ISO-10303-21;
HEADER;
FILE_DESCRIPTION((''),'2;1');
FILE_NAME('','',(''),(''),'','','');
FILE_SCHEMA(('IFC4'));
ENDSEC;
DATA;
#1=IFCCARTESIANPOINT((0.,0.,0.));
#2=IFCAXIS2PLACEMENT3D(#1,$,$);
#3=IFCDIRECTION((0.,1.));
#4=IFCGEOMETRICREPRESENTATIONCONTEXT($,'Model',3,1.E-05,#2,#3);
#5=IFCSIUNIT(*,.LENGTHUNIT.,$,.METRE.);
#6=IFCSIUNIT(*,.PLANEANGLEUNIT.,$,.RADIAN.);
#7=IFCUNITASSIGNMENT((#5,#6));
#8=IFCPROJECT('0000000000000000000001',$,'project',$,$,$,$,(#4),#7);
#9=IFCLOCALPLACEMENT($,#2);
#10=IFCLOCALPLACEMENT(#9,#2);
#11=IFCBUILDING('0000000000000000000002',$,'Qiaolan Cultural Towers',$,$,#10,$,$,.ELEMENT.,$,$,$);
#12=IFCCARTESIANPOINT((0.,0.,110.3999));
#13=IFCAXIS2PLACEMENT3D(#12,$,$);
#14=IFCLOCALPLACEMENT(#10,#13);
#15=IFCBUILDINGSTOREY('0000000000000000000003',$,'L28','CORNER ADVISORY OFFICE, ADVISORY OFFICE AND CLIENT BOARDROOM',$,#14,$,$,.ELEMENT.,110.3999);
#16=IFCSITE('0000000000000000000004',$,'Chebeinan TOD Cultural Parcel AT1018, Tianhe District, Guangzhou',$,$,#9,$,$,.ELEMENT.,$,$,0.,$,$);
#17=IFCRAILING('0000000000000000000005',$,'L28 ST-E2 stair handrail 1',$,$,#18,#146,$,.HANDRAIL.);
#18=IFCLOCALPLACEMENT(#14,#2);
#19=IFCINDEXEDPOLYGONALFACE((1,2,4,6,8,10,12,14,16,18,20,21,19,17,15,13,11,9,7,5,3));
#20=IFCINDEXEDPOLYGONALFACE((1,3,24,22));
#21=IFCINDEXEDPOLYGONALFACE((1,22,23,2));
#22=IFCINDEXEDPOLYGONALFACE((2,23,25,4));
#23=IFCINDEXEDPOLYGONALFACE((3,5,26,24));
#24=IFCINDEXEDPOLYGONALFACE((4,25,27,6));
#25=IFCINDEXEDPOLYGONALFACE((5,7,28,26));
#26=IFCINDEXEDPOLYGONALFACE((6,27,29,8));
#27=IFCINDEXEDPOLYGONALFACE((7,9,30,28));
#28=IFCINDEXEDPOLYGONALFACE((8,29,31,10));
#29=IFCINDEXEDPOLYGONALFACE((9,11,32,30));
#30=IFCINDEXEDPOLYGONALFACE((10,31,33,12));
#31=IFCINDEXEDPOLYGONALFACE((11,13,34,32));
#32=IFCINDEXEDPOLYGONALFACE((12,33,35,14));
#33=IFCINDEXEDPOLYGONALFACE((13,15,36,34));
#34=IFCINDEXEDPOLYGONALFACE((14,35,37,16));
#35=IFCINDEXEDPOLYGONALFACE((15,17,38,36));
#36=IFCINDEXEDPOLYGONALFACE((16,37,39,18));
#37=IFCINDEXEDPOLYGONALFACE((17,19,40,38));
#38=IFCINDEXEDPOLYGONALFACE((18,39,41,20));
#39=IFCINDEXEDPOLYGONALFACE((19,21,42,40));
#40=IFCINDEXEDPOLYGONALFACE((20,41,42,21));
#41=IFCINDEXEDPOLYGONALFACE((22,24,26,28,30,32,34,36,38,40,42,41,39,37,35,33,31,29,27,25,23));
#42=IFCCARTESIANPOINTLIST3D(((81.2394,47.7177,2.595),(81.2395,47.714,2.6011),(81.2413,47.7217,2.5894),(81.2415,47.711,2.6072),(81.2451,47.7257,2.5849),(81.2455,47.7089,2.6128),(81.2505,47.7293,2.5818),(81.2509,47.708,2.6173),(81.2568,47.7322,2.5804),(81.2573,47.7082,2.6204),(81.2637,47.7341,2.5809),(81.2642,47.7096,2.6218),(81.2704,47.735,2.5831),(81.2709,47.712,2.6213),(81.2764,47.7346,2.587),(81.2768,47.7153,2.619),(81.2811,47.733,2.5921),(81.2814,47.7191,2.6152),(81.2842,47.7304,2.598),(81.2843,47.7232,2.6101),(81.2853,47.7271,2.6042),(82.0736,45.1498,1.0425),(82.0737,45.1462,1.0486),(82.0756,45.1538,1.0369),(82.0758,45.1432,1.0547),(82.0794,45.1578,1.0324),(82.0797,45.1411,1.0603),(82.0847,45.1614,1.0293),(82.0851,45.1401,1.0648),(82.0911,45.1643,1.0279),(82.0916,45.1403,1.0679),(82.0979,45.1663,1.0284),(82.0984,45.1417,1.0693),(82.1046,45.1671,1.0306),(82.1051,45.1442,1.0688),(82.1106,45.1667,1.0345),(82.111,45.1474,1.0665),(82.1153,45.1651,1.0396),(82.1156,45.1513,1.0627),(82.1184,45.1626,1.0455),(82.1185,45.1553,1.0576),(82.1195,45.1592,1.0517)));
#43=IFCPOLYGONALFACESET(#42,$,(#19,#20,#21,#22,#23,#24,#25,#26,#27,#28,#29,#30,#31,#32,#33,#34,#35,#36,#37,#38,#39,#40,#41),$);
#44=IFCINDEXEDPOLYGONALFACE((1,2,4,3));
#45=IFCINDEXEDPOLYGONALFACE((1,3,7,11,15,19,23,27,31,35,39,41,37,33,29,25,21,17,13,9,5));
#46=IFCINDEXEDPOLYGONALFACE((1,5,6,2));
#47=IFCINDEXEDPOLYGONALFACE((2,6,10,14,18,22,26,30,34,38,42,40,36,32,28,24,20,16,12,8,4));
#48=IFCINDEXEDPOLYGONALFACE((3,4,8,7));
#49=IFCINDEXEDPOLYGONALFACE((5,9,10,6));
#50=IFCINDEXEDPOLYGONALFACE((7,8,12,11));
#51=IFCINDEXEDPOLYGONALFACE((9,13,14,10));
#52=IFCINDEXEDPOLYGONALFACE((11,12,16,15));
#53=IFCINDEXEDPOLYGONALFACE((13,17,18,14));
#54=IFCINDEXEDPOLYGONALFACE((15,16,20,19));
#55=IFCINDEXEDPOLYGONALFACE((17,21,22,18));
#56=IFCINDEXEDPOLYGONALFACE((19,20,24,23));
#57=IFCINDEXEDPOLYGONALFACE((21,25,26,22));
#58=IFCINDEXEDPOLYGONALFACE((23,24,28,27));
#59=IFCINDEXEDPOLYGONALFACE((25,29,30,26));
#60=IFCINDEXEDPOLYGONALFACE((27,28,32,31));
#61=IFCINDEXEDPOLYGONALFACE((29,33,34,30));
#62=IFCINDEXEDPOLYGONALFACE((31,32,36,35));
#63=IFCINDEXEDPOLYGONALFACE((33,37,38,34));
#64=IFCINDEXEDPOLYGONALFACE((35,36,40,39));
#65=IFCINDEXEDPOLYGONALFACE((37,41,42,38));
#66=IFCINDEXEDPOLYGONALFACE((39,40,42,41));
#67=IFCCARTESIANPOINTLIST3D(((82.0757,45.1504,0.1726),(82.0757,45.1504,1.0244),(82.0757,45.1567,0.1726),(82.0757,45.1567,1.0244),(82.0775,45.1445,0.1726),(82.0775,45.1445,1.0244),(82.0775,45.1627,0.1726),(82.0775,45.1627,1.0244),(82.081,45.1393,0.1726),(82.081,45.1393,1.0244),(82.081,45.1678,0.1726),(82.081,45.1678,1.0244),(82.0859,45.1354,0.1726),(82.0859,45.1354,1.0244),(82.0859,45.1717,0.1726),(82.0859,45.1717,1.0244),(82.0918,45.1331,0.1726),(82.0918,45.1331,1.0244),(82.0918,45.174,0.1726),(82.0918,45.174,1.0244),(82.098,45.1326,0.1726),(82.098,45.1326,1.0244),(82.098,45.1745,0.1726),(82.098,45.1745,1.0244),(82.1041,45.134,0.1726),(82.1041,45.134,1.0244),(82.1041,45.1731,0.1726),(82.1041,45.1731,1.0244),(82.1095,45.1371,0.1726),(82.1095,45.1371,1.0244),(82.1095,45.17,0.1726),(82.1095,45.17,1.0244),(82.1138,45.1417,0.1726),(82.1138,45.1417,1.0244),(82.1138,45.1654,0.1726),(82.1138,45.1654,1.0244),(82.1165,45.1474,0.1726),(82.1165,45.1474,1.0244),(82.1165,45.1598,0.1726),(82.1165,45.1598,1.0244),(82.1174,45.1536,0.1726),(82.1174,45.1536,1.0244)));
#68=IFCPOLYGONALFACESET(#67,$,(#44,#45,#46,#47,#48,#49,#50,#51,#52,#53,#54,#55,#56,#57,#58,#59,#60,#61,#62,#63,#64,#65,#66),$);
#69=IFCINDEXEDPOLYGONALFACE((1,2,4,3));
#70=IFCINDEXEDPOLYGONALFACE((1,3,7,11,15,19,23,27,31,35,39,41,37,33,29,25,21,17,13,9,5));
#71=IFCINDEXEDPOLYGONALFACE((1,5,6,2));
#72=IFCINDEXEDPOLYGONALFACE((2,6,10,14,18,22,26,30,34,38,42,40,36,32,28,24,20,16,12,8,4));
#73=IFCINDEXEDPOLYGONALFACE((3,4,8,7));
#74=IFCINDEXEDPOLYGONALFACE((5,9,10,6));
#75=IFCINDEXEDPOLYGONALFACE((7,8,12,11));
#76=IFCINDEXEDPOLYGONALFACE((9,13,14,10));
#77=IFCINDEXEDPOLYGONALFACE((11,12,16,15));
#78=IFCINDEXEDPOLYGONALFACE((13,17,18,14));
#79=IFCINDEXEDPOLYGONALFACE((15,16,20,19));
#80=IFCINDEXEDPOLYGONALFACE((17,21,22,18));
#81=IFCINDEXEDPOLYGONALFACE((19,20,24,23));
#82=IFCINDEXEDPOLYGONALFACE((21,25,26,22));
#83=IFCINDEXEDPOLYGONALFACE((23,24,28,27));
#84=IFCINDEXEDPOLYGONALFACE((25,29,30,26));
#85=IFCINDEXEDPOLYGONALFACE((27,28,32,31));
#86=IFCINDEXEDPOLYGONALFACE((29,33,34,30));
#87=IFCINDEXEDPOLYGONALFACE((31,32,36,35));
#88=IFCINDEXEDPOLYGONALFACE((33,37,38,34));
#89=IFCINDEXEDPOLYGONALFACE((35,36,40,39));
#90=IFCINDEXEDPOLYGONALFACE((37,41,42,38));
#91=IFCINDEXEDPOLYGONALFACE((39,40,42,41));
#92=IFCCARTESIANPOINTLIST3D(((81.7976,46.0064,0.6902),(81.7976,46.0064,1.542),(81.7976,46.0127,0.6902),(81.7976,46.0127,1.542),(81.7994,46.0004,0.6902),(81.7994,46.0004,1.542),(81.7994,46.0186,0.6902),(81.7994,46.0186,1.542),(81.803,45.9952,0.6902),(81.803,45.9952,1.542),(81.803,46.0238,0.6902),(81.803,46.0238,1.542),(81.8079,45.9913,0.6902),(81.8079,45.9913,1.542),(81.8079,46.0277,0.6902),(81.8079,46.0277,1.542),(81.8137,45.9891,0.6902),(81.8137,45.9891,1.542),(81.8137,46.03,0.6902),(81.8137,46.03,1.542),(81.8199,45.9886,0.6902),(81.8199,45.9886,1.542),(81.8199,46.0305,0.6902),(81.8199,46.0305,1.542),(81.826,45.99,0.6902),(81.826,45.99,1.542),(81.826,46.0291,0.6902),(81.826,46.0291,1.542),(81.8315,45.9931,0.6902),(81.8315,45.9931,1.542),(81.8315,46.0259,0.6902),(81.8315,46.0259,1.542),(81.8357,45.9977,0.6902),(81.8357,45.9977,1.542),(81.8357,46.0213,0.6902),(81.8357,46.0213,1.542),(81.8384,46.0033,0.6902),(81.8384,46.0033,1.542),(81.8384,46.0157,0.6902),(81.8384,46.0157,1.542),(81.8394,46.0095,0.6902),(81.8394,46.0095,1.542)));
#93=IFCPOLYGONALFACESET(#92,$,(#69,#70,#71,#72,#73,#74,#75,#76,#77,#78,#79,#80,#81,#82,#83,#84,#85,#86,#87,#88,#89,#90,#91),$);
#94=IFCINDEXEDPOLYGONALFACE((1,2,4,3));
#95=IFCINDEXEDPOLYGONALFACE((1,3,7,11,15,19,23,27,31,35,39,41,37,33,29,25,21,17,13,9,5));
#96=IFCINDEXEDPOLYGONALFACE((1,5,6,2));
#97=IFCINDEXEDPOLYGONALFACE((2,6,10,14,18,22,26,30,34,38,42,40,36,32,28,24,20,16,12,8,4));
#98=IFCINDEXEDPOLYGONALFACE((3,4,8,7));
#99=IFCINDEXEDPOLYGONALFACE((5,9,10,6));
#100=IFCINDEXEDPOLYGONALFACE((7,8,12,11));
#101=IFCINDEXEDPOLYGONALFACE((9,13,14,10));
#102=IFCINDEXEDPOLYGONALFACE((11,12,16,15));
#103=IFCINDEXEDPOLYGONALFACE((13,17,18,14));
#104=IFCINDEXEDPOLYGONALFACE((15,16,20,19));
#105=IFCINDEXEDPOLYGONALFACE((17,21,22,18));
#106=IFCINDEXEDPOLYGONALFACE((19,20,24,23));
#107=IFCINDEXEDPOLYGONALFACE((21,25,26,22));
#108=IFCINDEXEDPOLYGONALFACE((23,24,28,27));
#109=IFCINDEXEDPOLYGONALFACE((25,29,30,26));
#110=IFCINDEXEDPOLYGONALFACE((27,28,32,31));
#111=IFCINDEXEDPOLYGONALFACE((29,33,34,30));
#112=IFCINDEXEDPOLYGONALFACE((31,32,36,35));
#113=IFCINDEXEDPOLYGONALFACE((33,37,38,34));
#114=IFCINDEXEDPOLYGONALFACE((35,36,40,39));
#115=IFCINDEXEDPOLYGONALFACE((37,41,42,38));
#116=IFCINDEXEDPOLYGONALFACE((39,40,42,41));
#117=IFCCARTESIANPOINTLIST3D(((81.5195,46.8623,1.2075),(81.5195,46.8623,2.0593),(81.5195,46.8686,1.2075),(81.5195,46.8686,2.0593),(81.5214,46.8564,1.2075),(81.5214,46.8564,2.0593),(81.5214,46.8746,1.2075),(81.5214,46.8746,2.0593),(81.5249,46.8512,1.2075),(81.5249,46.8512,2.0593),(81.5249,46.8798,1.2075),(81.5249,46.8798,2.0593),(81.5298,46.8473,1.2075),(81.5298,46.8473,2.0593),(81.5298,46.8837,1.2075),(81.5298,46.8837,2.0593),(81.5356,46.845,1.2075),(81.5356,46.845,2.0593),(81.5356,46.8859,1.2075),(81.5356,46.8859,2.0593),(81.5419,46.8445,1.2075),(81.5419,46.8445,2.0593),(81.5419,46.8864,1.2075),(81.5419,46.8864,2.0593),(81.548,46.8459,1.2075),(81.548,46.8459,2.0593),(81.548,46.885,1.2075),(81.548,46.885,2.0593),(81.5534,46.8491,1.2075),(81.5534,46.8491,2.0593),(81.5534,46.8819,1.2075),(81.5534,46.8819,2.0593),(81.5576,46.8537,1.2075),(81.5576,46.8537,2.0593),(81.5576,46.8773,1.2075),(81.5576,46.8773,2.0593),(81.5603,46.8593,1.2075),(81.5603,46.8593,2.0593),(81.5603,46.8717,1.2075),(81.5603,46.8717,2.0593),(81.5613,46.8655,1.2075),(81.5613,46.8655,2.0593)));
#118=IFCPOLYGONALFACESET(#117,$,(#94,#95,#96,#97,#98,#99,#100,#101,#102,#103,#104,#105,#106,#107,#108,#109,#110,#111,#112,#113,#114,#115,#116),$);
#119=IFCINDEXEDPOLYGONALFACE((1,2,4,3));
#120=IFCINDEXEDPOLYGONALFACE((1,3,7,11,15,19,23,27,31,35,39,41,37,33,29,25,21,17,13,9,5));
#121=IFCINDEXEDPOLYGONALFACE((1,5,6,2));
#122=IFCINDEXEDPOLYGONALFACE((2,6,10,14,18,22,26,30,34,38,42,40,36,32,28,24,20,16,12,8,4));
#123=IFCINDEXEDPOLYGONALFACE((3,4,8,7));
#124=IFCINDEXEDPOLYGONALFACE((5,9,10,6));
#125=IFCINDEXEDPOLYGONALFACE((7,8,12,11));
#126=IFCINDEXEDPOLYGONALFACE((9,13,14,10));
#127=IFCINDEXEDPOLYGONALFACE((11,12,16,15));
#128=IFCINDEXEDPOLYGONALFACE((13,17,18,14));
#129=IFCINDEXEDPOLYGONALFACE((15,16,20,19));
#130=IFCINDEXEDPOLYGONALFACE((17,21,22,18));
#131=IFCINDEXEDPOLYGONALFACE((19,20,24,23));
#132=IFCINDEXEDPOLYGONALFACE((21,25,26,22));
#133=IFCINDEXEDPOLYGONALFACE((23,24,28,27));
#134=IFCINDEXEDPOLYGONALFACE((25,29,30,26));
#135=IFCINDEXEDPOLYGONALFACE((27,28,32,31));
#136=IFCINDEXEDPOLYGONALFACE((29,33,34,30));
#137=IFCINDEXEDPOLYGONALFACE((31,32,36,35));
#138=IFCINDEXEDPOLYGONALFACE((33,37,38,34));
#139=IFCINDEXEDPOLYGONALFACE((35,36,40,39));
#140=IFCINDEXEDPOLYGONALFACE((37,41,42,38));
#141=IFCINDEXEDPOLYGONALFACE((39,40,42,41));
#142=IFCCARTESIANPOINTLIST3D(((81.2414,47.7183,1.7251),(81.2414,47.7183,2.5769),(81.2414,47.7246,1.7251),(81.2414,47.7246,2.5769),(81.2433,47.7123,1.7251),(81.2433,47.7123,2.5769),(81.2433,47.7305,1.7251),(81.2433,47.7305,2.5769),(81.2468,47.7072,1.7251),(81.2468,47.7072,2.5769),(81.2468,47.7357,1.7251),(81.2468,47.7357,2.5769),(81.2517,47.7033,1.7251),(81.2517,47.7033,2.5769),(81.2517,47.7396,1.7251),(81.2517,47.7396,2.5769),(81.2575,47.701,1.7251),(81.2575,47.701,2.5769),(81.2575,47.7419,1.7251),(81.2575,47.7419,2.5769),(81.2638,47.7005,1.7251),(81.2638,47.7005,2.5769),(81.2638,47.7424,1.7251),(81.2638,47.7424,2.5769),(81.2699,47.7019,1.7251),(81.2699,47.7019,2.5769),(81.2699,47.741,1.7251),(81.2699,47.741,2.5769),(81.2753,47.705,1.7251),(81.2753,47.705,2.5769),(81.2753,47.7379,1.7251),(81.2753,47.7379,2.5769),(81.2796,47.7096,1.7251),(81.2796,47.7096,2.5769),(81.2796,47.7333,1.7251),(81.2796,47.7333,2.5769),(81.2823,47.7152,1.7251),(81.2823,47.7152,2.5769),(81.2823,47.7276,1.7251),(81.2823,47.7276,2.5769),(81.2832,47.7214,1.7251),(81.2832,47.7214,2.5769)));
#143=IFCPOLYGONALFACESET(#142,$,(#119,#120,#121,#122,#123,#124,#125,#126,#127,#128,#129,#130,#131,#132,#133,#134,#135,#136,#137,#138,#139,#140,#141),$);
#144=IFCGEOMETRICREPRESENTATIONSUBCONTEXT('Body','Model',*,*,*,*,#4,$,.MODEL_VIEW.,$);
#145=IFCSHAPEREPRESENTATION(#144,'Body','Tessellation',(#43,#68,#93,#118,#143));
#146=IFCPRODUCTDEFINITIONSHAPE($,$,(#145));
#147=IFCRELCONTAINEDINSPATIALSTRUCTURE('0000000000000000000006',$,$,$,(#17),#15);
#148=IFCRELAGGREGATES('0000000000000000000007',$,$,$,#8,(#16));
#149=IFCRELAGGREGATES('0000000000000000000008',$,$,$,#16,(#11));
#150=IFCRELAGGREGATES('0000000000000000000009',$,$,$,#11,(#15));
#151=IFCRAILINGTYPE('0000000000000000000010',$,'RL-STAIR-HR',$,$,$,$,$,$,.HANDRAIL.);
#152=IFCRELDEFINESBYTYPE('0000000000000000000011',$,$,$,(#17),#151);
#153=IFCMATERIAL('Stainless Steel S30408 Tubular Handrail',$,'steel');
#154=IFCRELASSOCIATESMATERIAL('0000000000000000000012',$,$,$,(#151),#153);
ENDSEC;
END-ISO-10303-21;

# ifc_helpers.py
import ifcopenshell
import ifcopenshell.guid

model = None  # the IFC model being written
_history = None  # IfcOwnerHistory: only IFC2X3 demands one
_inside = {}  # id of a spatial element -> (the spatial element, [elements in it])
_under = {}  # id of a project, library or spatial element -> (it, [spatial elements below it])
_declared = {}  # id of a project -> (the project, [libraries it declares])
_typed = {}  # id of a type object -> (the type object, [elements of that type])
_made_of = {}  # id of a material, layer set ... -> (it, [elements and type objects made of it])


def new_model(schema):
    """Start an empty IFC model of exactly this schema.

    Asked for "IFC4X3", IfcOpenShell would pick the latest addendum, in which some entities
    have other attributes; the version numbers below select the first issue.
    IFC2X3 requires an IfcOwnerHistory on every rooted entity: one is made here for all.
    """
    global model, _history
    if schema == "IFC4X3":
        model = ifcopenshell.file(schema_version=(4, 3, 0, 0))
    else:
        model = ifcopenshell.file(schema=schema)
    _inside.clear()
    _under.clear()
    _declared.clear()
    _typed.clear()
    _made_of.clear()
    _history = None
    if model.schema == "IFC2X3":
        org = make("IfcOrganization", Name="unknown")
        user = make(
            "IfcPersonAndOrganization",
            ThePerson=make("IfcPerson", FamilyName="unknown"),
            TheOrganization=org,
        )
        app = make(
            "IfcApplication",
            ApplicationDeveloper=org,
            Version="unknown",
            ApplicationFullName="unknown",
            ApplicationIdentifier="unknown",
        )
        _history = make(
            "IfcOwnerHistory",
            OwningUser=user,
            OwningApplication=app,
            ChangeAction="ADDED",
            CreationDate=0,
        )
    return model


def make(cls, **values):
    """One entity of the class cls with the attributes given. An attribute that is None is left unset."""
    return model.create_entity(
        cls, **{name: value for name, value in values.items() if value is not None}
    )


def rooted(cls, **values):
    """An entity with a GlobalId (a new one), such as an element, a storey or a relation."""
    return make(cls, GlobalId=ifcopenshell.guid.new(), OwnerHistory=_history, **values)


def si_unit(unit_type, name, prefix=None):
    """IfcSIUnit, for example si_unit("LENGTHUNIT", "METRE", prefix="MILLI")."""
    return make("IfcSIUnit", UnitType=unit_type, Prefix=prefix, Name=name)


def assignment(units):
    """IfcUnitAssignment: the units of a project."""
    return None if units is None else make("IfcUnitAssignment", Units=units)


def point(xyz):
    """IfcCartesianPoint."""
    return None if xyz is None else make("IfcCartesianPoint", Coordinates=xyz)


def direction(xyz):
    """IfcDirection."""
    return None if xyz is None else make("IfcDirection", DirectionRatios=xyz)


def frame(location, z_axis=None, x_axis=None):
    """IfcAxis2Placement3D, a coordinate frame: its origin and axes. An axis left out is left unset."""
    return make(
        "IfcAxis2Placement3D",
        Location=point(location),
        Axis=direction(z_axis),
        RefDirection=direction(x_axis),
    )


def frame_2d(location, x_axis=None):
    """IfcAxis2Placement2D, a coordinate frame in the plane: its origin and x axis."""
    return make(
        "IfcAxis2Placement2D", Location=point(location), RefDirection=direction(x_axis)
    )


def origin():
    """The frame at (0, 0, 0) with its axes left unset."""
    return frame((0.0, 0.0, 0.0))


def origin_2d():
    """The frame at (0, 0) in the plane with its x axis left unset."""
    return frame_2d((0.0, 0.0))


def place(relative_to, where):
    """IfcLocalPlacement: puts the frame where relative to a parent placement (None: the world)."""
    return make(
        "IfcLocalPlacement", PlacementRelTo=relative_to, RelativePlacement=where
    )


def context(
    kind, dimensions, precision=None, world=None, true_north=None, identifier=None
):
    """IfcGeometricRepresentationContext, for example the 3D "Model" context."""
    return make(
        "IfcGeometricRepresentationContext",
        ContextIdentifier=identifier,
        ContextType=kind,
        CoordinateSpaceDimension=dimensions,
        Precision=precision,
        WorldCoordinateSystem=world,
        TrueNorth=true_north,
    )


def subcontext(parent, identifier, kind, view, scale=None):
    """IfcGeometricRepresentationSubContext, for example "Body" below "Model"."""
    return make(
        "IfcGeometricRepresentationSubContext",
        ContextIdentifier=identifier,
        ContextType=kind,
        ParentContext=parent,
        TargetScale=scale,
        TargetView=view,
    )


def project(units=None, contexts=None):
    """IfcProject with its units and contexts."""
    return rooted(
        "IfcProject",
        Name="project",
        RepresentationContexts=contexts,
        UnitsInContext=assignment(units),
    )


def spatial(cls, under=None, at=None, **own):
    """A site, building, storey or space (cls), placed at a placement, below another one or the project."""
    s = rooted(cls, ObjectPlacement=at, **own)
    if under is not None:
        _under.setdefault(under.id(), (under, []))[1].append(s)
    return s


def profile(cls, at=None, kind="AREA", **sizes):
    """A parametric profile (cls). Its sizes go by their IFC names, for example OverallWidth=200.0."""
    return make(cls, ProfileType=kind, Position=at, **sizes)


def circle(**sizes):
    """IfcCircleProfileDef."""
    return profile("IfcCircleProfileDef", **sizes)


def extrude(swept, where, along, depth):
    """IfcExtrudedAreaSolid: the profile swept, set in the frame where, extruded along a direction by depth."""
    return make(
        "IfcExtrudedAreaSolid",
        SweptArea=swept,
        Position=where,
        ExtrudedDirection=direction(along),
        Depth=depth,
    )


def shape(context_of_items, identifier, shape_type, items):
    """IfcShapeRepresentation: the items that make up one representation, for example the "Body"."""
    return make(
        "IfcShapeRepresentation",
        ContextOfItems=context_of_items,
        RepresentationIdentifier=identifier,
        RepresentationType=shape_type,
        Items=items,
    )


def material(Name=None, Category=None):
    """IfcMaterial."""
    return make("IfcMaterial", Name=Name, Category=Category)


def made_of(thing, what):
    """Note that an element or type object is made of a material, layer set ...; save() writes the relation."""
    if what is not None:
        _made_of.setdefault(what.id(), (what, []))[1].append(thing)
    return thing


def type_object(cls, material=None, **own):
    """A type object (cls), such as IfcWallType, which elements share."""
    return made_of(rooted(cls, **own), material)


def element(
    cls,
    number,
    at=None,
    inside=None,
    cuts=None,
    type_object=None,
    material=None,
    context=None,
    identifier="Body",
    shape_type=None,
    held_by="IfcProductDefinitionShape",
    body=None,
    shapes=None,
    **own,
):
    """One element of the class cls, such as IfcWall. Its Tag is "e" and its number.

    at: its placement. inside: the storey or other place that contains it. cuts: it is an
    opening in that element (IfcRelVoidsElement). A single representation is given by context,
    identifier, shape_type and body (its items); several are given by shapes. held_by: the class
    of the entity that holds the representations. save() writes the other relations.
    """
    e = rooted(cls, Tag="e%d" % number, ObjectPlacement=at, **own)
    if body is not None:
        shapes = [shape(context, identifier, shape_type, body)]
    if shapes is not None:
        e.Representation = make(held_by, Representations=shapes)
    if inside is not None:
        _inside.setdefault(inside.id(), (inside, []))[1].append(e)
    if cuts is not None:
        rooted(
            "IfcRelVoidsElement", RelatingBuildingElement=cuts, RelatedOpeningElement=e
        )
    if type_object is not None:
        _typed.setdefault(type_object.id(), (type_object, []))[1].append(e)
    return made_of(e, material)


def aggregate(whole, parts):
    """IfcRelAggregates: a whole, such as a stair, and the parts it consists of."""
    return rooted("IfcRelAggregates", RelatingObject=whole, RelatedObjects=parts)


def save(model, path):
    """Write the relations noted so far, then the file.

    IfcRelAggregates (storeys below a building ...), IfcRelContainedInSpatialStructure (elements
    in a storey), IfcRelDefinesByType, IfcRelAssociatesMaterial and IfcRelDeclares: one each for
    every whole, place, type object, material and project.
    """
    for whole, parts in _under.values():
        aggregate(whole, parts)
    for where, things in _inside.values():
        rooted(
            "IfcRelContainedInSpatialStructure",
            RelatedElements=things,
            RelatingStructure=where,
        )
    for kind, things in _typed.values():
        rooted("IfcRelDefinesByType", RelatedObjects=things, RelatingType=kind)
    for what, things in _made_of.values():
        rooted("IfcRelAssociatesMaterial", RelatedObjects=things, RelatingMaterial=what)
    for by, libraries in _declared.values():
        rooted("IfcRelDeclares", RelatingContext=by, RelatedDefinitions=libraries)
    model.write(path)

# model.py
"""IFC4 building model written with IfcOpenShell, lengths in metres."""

from ifc_helpers import new_model, si_unit, direction, frame, origin, origin_2d, place, context, subcontext, project, spatial, circle, extrude, material, type_object, element, save


model = new_model("IFC4")

# Units and contexts
model_context = context("Model", 3, precision=1e-05, world=origin(), true_north=direction((0.0, 1.0)))
body_context = subcontext(model_context, "Body", "Model", "MODEL_VIEW")
ifc_project = project(units=[si_unit("LENGTHUNIT", "METRE"), si_unit("PLANEANGLEUNIT", "RADIAN")], contexts=[model_context])

# Site, building, storey
site_placement = place(None, origin())
site = spatial("IfcSite", under=ifc_project, at=site_placement, Name="Chebeinan TOD Cultural Parcel AT1018, Tianhe District, Guangzhou", CompositionType="ELEMENT", RefElevation=0.0)
building_placement = place(site_placement, origin())
building = spatial("IfcBuilding", under=site, at=building_placement, Name="Qiaolan Cultural Towers", CompositionType="ELEMENT")
storey_placement = place(building_placement, frame((0.0, 0.0, 110.3999)))
storey = spatial("IfcBuildingStorey", under=building, at=storey_placement, Name="L28", Description="CORNER ADVISORY OFFICE, ADVISORY OFFICE AND CLIENT BOARDROOM", CompositionType="ELEMENT", Elevation=110.3999)

# Railing
ifc_material_1 = material(Name="Stainless Steel S30408 Tubular Handrail", Category="steel")
railing_type_1 = type_object("IfcRailingType", Name="RL-STAIR-HR", PredefinedType="HANDRAIL", material=ifc_material_1)
railing_1_placement = place(storey_placement, frame((82.0964, 45.1536, 0.1726)))
element("IfcRailing", 1, at=railing_1_placement, inside=storey, type_object=railing_type_1, Name="L28 ST-E2 stair handrail 1", PredefinedType="HANDRAIL", context=body_context, shape_type="SweptSolid", body=[
    extrude(circle(Radius=0.0239, at=origin_2d()), frame((0.0, 0.0, 0.876), z_axis=(-0.267853, 0.824488, 0.498471), x_axis=(-0.95107, -0.308976, 0.0)), (0.0, 0.0, 1.0), 3.1145),
    extrude(circle(Radius=0.021, at=origin_2d()), origin(), (0.0, 0.0, 1.0), 0.8518),
    extrude(circle(Radius=0.021, at=origin_2d()), frame((-0.2781, 0.856, 0.5176)), (0.0, 0.0, 1.0), 0.8518),
    extrude(circle(Radius=0.021, at=origin_2d()), frame((-0.5562, 1.7119, 1.0349)), (0.0, 0.0, 1.0), 0.8518),
    extrude(circle(Radius=0.021, at=origin_2d()), frame((-0.8342, 2.5679, 1.5525)), (0.0, 0.0, 1.0), 0.8518),
])

save(model, "model.ifc")
